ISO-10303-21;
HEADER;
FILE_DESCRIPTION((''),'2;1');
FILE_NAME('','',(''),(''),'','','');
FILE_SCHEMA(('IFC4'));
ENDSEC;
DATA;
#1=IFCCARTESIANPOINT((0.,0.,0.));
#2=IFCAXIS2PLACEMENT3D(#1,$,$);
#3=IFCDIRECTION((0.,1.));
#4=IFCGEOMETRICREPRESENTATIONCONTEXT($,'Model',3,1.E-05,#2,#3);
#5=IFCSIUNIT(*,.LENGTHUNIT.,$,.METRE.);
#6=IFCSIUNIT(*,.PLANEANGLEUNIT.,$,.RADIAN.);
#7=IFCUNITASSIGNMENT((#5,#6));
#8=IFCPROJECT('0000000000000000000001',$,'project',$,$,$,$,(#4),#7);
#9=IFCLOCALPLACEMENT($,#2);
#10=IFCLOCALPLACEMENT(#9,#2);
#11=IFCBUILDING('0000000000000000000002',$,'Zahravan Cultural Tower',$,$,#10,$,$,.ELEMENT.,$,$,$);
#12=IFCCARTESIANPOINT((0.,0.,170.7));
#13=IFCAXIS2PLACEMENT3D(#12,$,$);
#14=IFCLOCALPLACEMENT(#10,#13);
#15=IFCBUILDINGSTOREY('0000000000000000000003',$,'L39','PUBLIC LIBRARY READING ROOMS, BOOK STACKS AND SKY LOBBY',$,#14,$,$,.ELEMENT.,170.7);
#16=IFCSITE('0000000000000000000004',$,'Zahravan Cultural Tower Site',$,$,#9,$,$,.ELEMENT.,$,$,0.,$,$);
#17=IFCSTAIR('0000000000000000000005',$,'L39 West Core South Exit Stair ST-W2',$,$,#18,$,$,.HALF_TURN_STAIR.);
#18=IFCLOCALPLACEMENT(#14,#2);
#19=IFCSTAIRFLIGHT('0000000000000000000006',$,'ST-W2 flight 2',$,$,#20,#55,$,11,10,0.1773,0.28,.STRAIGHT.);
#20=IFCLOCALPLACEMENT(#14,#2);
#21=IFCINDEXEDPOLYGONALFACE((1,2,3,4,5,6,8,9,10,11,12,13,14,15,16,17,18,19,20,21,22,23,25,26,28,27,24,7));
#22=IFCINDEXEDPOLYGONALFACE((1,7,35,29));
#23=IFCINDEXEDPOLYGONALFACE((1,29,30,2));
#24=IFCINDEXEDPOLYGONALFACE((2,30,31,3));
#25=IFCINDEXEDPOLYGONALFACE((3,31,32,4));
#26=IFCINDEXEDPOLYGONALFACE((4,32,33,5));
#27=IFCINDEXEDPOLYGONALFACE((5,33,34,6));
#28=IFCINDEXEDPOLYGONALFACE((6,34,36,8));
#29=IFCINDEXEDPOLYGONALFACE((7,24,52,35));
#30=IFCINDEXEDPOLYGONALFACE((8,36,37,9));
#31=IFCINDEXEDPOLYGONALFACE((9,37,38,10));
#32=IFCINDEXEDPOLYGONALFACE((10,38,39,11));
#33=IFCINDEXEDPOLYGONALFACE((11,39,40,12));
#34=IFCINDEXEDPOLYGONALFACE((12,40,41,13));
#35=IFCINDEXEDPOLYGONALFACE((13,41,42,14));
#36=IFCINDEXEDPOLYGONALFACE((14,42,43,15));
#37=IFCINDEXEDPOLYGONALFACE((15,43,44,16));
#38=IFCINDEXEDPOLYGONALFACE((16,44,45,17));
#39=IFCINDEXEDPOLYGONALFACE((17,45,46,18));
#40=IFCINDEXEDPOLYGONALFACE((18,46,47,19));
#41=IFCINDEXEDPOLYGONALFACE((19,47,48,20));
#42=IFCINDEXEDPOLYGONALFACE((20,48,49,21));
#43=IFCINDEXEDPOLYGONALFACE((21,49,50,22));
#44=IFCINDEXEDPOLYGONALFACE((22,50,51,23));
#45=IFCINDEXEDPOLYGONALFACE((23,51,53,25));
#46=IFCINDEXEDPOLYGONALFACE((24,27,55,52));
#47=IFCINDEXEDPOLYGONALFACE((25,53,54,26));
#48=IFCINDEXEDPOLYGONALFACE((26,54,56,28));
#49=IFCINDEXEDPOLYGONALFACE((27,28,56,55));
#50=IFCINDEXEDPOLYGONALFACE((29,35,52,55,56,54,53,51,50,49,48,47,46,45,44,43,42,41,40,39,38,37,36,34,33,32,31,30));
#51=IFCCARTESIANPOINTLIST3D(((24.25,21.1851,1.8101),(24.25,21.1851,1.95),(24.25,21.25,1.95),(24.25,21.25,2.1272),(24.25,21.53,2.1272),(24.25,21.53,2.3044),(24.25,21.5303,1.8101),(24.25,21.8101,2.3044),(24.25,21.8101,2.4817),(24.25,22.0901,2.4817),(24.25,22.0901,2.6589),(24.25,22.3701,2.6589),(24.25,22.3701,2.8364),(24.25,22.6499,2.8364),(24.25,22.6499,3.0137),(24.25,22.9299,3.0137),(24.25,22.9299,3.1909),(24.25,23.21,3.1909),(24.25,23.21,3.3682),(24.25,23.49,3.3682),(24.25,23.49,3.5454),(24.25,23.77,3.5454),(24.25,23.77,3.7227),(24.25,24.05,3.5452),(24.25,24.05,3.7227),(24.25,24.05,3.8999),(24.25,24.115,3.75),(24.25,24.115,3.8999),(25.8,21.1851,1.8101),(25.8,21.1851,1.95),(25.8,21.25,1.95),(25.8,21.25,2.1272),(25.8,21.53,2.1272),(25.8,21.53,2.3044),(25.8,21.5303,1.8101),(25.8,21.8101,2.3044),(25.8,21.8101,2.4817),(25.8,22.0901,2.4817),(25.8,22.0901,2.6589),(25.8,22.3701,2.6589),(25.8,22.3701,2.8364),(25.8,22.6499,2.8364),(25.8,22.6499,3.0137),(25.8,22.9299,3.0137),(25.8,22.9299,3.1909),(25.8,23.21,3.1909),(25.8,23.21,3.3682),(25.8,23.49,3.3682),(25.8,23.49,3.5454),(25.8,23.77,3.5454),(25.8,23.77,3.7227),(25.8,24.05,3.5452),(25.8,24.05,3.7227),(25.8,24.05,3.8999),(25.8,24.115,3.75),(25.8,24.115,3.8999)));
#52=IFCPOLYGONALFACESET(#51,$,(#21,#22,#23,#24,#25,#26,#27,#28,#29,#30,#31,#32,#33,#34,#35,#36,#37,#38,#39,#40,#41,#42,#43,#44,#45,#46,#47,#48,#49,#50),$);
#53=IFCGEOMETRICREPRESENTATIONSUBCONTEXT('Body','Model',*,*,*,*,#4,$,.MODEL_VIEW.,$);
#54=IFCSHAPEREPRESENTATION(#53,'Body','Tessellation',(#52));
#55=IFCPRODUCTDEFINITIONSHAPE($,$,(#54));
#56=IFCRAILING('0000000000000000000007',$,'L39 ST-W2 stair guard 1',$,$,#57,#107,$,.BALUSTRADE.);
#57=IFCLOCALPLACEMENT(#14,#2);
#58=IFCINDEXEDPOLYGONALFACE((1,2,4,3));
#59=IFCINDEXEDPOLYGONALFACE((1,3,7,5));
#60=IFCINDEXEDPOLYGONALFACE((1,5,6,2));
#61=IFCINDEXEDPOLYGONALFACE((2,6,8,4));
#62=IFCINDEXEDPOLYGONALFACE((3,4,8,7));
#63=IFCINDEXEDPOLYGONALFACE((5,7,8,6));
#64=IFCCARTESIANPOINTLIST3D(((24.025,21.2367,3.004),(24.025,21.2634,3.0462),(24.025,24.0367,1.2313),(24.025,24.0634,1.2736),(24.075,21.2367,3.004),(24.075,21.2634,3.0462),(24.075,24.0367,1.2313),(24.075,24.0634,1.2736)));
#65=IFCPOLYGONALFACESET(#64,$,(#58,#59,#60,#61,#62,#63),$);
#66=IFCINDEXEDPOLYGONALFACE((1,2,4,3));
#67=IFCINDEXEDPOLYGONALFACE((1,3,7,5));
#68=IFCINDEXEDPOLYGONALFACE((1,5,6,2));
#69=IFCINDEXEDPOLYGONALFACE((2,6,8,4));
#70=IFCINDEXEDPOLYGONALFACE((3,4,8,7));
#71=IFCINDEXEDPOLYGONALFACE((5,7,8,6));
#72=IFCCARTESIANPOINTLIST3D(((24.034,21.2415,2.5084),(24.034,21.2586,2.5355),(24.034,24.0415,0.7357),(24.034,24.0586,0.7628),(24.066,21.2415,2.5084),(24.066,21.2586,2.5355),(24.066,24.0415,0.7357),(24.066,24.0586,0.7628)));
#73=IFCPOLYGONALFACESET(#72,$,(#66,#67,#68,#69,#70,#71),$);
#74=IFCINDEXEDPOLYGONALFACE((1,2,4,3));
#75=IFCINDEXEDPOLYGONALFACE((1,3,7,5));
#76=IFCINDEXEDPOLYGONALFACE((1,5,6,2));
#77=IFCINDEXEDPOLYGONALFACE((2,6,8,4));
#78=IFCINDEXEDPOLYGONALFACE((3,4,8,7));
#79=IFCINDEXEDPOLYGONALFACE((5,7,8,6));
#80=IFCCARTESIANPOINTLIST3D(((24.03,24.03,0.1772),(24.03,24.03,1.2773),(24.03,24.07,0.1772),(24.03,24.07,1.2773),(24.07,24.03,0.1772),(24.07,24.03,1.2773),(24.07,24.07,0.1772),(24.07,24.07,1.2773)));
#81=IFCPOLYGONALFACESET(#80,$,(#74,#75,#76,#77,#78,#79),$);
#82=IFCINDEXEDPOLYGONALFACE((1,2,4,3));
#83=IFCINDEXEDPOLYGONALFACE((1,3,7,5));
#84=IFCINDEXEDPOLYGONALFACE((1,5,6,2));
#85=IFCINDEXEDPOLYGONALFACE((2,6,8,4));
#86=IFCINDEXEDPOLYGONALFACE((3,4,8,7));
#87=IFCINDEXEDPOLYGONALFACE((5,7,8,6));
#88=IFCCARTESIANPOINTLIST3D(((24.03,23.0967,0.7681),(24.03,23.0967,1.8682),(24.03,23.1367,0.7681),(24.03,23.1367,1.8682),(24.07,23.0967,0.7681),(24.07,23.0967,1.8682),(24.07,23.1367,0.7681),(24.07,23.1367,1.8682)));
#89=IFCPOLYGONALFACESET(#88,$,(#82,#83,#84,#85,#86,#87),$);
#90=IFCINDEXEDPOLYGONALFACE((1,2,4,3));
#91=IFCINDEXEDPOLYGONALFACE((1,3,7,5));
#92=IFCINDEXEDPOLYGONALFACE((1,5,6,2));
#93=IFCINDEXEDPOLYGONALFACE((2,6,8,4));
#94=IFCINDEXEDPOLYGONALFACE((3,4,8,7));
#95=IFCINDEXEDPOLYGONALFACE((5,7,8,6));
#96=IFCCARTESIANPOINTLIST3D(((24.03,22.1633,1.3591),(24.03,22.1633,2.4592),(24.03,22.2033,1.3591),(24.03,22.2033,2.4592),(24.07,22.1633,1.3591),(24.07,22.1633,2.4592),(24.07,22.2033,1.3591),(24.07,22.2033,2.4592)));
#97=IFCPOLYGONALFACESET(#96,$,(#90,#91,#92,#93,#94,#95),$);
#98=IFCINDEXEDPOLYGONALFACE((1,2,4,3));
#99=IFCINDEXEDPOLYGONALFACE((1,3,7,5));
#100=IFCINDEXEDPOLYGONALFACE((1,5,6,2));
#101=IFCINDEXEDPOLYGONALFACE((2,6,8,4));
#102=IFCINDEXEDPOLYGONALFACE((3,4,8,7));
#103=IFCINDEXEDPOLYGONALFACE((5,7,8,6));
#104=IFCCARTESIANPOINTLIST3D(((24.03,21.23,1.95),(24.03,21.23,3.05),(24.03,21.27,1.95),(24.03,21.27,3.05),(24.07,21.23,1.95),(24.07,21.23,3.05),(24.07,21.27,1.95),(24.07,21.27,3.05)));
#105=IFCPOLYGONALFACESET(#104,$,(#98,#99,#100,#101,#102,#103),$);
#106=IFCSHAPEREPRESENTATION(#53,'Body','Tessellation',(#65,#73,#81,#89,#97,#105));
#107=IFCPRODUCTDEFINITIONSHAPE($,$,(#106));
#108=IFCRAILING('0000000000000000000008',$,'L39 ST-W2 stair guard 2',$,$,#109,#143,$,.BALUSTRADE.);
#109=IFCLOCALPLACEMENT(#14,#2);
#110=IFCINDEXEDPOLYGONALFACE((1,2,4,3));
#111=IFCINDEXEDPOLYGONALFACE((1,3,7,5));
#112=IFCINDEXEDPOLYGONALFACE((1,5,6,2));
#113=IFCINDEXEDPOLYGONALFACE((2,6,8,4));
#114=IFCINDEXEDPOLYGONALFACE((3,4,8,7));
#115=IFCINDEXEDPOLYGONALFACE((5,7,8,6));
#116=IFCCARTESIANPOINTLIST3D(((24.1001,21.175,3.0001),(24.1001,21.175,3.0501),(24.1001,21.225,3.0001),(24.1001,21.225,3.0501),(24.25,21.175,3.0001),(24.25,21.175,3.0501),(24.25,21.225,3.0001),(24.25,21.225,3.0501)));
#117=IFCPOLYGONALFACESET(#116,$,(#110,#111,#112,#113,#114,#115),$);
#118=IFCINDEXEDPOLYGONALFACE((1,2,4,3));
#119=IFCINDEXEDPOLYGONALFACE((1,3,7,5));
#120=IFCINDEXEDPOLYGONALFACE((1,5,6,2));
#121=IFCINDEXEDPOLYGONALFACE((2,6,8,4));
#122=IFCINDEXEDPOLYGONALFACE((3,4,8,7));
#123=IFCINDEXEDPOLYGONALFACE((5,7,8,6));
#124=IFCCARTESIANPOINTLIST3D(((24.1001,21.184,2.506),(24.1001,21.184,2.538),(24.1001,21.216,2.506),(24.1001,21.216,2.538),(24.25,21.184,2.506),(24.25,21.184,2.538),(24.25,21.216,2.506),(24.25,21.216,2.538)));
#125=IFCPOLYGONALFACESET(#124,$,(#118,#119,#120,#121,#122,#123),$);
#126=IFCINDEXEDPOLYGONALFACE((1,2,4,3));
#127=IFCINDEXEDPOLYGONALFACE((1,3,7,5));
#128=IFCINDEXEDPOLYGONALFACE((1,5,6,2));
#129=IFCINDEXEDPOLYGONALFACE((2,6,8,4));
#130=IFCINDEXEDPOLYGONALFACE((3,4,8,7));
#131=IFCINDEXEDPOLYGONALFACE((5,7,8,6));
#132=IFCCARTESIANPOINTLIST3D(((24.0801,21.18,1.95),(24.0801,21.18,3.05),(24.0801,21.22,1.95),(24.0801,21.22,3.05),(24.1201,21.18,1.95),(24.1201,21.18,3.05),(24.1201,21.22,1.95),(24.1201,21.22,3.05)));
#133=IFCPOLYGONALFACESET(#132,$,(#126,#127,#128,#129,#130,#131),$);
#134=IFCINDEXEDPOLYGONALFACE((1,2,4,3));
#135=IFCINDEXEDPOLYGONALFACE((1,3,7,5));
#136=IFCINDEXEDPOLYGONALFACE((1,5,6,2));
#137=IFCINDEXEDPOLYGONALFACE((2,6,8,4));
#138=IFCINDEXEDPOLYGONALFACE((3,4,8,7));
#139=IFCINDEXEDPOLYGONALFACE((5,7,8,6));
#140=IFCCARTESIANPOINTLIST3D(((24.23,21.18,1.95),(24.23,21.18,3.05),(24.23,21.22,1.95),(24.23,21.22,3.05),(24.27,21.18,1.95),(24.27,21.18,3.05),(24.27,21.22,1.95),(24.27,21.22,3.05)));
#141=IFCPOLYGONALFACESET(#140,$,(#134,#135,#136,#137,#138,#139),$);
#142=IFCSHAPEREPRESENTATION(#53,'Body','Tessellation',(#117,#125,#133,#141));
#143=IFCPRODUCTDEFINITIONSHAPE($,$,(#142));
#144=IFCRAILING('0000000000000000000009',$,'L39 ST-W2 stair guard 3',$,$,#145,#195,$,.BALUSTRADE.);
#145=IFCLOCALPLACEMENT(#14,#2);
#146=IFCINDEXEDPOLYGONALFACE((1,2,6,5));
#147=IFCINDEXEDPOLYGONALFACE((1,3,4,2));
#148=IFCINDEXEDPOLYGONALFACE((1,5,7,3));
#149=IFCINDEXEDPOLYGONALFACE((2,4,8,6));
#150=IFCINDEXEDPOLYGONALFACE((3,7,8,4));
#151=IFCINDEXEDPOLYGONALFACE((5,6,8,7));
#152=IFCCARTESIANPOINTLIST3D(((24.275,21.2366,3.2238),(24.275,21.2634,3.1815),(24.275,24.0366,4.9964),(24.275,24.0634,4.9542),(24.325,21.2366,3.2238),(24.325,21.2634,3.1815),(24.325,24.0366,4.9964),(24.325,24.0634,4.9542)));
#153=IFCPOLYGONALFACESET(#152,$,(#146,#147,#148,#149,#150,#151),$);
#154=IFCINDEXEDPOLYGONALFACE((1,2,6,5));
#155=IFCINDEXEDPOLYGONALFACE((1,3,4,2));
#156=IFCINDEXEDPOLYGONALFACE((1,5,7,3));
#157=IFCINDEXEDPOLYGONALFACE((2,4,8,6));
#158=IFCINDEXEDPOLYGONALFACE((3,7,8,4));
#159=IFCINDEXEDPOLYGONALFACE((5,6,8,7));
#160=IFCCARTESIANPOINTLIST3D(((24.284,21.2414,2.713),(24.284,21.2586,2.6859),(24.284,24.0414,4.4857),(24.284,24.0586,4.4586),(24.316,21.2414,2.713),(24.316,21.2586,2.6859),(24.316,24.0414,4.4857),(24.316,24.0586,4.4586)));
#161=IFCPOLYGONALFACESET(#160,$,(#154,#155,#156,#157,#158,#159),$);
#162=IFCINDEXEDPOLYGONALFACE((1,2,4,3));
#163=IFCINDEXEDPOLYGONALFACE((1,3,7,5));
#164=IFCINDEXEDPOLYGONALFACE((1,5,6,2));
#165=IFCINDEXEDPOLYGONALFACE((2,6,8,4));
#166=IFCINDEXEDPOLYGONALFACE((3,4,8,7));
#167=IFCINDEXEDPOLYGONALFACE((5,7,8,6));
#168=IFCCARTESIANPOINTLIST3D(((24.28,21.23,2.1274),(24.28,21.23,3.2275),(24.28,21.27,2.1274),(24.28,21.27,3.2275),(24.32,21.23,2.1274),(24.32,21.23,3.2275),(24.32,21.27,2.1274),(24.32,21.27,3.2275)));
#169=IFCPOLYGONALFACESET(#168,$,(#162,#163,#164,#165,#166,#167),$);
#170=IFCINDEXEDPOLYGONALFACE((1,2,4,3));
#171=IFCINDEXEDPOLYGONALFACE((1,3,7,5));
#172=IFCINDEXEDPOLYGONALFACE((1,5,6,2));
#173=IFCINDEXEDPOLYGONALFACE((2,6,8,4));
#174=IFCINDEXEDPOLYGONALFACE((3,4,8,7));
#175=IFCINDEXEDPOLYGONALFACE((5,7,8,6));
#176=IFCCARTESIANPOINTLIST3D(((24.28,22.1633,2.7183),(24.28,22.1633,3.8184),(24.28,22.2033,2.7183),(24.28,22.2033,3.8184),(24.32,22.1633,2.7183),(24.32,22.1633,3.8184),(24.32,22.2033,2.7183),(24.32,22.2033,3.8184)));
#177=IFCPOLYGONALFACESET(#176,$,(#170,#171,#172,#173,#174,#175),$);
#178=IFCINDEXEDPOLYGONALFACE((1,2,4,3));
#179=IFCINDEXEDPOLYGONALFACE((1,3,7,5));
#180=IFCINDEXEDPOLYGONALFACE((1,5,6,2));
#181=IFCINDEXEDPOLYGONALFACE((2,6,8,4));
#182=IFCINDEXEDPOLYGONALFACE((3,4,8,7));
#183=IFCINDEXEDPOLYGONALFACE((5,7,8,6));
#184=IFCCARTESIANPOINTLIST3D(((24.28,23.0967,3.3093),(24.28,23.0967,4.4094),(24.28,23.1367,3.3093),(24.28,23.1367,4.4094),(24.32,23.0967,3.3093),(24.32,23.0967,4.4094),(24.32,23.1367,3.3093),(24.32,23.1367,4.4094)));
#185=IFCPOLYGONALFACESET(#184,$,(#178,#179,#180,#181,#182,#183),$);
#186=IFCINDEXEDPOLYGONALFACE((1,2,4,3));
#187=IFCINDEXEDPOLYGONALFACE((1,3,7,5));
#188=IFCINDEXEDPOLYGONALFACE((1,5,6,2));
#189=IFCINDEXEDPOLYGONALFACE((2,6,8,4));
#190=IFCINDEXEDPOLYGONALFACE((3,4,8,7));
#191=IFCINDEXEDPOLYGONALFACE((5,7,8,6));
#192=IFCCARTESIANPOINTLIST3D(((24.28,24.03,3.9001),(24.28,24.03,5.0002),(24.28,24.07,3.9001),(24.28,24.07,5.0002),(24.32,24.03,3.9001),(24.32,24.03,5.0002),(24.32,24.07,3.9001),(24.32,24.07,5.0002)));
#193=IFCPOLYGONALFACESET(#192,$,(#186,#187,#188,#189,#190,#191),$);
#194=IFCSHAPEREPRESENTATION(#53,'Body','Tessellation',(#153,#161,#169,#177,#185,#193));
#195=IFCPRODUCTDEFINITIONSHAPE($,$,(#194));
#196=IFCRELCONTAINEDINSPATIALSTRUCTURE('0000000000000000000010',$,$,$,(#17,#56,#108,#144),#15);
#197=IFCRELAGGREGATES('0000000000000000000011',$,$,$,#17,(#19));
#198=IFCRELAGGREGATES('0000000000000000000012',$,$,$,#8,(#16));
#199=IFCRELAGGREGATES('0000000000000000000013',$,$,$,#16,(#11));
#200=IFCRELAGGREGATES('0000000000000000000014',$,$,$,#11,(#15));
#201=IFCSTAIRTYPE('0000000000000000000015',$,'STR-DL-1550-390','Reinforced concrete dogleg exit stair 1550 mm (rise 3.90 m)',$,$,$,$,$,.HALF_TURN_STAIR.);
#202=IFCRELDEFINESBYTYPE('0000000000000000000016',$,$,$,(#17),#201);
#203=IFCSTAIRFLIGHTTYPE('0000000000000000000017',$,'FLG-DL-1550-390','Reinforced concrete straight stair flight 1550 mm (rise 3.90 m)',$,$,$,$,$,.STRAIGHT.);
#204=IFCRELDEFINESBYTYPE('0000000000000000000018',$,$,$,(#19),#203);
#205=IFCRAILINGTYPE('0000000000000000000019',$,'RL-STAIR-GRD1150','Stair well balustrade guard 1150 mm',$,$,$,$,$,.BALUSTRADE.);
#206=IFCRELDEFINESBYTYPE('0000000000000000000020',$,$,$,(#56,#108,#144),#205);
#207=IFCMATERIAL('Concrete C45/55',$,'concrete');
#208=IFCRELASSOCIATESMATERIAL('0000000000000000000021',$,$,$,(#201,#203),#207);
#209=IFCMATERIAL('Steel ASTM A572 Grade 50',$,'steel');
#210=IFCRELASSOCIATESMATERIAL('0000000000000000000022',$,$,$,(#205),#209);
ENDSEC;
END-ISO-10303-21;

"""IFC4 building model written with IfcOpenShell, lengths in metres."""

from ifc_helpers import new_model, si_unit, direction, frame, origin, origin_2d, place, context, subcontext, project, spatial, polyline, rectangle, outline, extrude, material, type_object, element, aggregate, save


model = new_model("IFC4")

# Units and contexts
model_context = context("Model", 3, precision=1e-05, world=origin(), true_north=direction((0.0, 1.0)))
body_context = subcontext(model_context, "Body", "Model", "MODEL_VIEW")
ifc_project = project(units=[si_unit("LENGTHUNIT", "METRE"), si_unit("PLANEANGLEUNIT", "RADIAN")], contexts=[model_context])

# Site, building, storey
site_placement = place(None, origin())
site = spatial("IfcSite", under=ifc_project, at=site_placement, Name="Zahravan Cultural Tower Site", CompositionType="ELEMENT", RefElevation=0.0)
building_placement = place(site_placement, origin())
building = spatial("IfcBuilding", under=site, at=building_placement, Name="Zahravan Cultural Tower", CompositionType="ELEMENT")
storey_placement = place(building_placement, frame((0.0, 0.0, 170.7)))
storey = spatial("IfcBuildingStorey", under=building, at=storey_placement, Name="L39", Description="PUBLIC LIBRARY READING ROOMS, BOOK STACKS AND SKY LOBBY", CompositionType="ELEMENT", Elevation=170.7)

# Shared definitions
ifc_material_1 = material(Name="Steel ASTM A572 Grade 50", Category="steel")
ifc_material_2 = material(Name="Concrete C45/55", Category="concrete")

# Stair, stair flight
stair_type = type_object("IfcStairType", Name="STR-DL-1550-390", Description="Reinforced concrete dogleg exit stair 1550 mm (rise 3.90 m)", PredefinedType="HALF_TURN_STAIR", material=ifc_material_2)
stair_placement = place(storey_placement, origin())
stair = element("IfcStair", 1, at=stair_placement, inside=storey, type_object=stair_type, Name="L39 West Core South Exit Stair ST-W2", PredefinedType="HALF_TURN_STAIR")
stair_flight_type = type_object("IfcStairFlightType", Name="FLG-DL-1550-390", Description="Reinforced concrete straight stair flight 1550 mm (rise 3.90 m)", PredefinedType="STRAIGHT", material=ifc_material_2)
stair_flight_1_placement = place(storey_placement, frame((25.0249, 21.25, 1.95), z_axis=(0.0, 0.0, 1.0), x_axis=(0.0, 1.0, 0.0)))
stair_flight_1 = element("IfcStairFlight", 2, at=stair_flight_1_placement, type_object=stair_flight_type, Name="ST-W2 flight 2", NumberOfRisers=11, NumberOfTreads=10, PredefinedType="STRAIGHT", RiserHeight=0.1773, TreadLength=0.28, context=body_context, shape_type="SweptSolid", body=[
    extrude(outline(polyline([(-0.0649, -0.1399), (-0.0649, 0.0), (0.0, 0.0), (0.0, 0.1772), (0.28, 0.1772), (0.28, 0.3545), (0.5601, 0.3545), (0.5601, 0.5317), (0.8401, 0.5317), (0.8401, 0.709), (1.1201, 0.709), (1.1201, 0.8865), (1.3999, 0.8865), (1.3999, 1.0637), (1.6799, 1.0637), (1.6799, 1.241), (1.96, 1.241), (1.96, 1.4182), (2.24, 1.4182), (2.24, 1.5955), (2.52, 1.5955), (2.52, 1.7727), (2.8, 1.7727), (2.8, 1.95), (2.865, 1.95), (2.865, 1.8), (2.8, 1.5952), (0.2803, -0.1399), (-0.0649, -0.1399)])), frame((0.0, 0.7749, 0.0), z_axis=(0.0, -1.0, 0.0), x_axis=(1.0, 0.0, 0.0)), (0.0, 0.0, 1.0), 1.55),
])
aggregate(stair, [stair_flight_1])

# Railings
railing_type_1 = type_object("IfcRailingType", Name="RL-STAIR-GRD1150", Description="Stair well balustrade guard 1150 mm", PredefinedType="BALUSTRADE", material=ifc_material_1)
railing_1_placement = place(storey_placement, frame((24.05, 24.05, 0.1772)))
element("IfcRailing", 3, at=railing_1_placement, inside=storey, type_object=railing_type_1, Name="L39 ST-W2 stair guard 1", PredefinedType="BALUSTRADE", context=body_context, shape_type="SweptSolid", body=[
    extrude(rectangle(XDim=0.05, YDim=0.05, at=origin_2d()), frame((0.0, 0.0, 1.0752), z_axis=(0.0, -0.844909, 0.53491), x_axis=(1.0, 0.0, 0.0)), (0.0, 0.0, 1.0), 3.314),
    extrude(rectangle(XDim=0.032, YDim=0.032, at=origin_2d()), frame((0.0, 0.0, 0.572), z_axis=(0.0, -0.844909, 0.53491), x_axis=(1.0, 0.0, 0.0)), (0.0, 0.0, 1.0), 3.314),
    extrude(rectangle(XDim=0.04, YDim=0.04, at=origin_2d()), origin(), (0.0, 0.0, 1.0), 1.1001),
    extrude(rectangle(XDim=0.04, YDim=0.04, at=origin_2d()), frame((0.0, -0.9333, 0.5908)), (0.0, 0.0, 1.0), 1.1001),
    extrude(rectangle(XDim=0.04, YDim=0.04, at=origin_2d()), frame((0.0, -1.8667, 1.1819)), (0.0, 0.0, 1.0), 1.1001),
    extrude(rectangle(XDim=0.04, YDim=0.04, at=origin_2d()), frame((0.0, -2.8, 1.7727)), (0.0, 0.0, 1.0), 1.1001),
])
railing_2_placement = place(storey_placement, frame((24.1001, 21.2, 1.95)))
element("IfcRailing", 4, at=railing_2_placement, inside=storey, type_object=railing_type_1, Name="L39 ST-W2 stair guard 2", PredefinedType="BALUSTRADE", context=body_context, shape_type="SweptSolid", body=[
    extrude(rectangle(XDim=0.05, YDim=0.05, at=origin_2d()), frame((0.0, 0.0, 1.0752), z_axis=(1.0, 0.0, 0.0), x_axis=(0.0, 1.0, 0.0)), (0.0, 0.0, 1.0), 0.1499),
    extrude(rectangle(XDim=0.032, YDim=0.032, at=origin_2d()), frame((0.0, 0.0, 0.572), z_axis=(1.0, 0.0, 0.0), x_axis=(0.0, 1.0, 0.0)), (0.0, 0.0, 1.0), 0.1499),
    extrude(rectangle(XDim=0.04, YDim=0.04, at=origin_2d()), origin(), (0.0, 0.0, 1.0), 1.1001),
    extrude(rectangle(XDim=0.04, YDim=0.04, at=origin_2d()), frame((0.1499, 0.0, 0.0)), (0.0, 0.0, 1.0), 1.1001),
])
railing_3_placement = place(storey_placement, frame((24.3, 21.25, 2.1274)))
element("IfcRailing", 5, at=railing_3_placement, inside=storey, type_object=railing_type_1, Name="L39 ST-W2 stair guard 3", PredefinedType="BALUSTRADE", context=body_context, shape_type="SweptSolid", body=[
    extrude(rectangle(XDim=0.05, YDim=0.05, at=origin_2d()), frame((0.0, 0.0, 1.0752), z_axis=(0.0, 0.844909, 0.53491), x_axis=(-1.0, 0.0, 0.0)), (0.0, 0.0, 1.0), 3.314),
    extrude(rectangle(XDim=0.032, YDim=0.032, at=origin_2d()), frame((0.0, 0.0, 0.572), z_axis=(0.0, 0.844909, 0.53491), x_axis=(-1.0, 0.0, 0.0)), (0.0, 0.0, 1.0), 3.314),
    extrude(rectangle(XDim=0.04, YDim=0.04, at=origin_2d()), origin(), (0.0, 0.0, 1.0), 1.1001),
    extrude(rectangle(XDim=0.04, YDim=0.04, at=origin_2d()), frame((0.0, 0.9333, 0.5908)), (0.0, 0.0, 1.0), 1.1001),
    extrude(rectangle(XDim=0.04, YDim=0.04, at=origin_2d()), frame((0.0, 1.8667, 1.1819)), (0.0, 0.0, 1.0), 1.1001),
    extrude(rectangle(XDim=0.04, YDim=0.04, at=origin_2d()), frame((0.0, 2.8, 1.7727)), (0.0, 0.0, 1.0), 1.1001),
])

save(model, "model.ifc")
